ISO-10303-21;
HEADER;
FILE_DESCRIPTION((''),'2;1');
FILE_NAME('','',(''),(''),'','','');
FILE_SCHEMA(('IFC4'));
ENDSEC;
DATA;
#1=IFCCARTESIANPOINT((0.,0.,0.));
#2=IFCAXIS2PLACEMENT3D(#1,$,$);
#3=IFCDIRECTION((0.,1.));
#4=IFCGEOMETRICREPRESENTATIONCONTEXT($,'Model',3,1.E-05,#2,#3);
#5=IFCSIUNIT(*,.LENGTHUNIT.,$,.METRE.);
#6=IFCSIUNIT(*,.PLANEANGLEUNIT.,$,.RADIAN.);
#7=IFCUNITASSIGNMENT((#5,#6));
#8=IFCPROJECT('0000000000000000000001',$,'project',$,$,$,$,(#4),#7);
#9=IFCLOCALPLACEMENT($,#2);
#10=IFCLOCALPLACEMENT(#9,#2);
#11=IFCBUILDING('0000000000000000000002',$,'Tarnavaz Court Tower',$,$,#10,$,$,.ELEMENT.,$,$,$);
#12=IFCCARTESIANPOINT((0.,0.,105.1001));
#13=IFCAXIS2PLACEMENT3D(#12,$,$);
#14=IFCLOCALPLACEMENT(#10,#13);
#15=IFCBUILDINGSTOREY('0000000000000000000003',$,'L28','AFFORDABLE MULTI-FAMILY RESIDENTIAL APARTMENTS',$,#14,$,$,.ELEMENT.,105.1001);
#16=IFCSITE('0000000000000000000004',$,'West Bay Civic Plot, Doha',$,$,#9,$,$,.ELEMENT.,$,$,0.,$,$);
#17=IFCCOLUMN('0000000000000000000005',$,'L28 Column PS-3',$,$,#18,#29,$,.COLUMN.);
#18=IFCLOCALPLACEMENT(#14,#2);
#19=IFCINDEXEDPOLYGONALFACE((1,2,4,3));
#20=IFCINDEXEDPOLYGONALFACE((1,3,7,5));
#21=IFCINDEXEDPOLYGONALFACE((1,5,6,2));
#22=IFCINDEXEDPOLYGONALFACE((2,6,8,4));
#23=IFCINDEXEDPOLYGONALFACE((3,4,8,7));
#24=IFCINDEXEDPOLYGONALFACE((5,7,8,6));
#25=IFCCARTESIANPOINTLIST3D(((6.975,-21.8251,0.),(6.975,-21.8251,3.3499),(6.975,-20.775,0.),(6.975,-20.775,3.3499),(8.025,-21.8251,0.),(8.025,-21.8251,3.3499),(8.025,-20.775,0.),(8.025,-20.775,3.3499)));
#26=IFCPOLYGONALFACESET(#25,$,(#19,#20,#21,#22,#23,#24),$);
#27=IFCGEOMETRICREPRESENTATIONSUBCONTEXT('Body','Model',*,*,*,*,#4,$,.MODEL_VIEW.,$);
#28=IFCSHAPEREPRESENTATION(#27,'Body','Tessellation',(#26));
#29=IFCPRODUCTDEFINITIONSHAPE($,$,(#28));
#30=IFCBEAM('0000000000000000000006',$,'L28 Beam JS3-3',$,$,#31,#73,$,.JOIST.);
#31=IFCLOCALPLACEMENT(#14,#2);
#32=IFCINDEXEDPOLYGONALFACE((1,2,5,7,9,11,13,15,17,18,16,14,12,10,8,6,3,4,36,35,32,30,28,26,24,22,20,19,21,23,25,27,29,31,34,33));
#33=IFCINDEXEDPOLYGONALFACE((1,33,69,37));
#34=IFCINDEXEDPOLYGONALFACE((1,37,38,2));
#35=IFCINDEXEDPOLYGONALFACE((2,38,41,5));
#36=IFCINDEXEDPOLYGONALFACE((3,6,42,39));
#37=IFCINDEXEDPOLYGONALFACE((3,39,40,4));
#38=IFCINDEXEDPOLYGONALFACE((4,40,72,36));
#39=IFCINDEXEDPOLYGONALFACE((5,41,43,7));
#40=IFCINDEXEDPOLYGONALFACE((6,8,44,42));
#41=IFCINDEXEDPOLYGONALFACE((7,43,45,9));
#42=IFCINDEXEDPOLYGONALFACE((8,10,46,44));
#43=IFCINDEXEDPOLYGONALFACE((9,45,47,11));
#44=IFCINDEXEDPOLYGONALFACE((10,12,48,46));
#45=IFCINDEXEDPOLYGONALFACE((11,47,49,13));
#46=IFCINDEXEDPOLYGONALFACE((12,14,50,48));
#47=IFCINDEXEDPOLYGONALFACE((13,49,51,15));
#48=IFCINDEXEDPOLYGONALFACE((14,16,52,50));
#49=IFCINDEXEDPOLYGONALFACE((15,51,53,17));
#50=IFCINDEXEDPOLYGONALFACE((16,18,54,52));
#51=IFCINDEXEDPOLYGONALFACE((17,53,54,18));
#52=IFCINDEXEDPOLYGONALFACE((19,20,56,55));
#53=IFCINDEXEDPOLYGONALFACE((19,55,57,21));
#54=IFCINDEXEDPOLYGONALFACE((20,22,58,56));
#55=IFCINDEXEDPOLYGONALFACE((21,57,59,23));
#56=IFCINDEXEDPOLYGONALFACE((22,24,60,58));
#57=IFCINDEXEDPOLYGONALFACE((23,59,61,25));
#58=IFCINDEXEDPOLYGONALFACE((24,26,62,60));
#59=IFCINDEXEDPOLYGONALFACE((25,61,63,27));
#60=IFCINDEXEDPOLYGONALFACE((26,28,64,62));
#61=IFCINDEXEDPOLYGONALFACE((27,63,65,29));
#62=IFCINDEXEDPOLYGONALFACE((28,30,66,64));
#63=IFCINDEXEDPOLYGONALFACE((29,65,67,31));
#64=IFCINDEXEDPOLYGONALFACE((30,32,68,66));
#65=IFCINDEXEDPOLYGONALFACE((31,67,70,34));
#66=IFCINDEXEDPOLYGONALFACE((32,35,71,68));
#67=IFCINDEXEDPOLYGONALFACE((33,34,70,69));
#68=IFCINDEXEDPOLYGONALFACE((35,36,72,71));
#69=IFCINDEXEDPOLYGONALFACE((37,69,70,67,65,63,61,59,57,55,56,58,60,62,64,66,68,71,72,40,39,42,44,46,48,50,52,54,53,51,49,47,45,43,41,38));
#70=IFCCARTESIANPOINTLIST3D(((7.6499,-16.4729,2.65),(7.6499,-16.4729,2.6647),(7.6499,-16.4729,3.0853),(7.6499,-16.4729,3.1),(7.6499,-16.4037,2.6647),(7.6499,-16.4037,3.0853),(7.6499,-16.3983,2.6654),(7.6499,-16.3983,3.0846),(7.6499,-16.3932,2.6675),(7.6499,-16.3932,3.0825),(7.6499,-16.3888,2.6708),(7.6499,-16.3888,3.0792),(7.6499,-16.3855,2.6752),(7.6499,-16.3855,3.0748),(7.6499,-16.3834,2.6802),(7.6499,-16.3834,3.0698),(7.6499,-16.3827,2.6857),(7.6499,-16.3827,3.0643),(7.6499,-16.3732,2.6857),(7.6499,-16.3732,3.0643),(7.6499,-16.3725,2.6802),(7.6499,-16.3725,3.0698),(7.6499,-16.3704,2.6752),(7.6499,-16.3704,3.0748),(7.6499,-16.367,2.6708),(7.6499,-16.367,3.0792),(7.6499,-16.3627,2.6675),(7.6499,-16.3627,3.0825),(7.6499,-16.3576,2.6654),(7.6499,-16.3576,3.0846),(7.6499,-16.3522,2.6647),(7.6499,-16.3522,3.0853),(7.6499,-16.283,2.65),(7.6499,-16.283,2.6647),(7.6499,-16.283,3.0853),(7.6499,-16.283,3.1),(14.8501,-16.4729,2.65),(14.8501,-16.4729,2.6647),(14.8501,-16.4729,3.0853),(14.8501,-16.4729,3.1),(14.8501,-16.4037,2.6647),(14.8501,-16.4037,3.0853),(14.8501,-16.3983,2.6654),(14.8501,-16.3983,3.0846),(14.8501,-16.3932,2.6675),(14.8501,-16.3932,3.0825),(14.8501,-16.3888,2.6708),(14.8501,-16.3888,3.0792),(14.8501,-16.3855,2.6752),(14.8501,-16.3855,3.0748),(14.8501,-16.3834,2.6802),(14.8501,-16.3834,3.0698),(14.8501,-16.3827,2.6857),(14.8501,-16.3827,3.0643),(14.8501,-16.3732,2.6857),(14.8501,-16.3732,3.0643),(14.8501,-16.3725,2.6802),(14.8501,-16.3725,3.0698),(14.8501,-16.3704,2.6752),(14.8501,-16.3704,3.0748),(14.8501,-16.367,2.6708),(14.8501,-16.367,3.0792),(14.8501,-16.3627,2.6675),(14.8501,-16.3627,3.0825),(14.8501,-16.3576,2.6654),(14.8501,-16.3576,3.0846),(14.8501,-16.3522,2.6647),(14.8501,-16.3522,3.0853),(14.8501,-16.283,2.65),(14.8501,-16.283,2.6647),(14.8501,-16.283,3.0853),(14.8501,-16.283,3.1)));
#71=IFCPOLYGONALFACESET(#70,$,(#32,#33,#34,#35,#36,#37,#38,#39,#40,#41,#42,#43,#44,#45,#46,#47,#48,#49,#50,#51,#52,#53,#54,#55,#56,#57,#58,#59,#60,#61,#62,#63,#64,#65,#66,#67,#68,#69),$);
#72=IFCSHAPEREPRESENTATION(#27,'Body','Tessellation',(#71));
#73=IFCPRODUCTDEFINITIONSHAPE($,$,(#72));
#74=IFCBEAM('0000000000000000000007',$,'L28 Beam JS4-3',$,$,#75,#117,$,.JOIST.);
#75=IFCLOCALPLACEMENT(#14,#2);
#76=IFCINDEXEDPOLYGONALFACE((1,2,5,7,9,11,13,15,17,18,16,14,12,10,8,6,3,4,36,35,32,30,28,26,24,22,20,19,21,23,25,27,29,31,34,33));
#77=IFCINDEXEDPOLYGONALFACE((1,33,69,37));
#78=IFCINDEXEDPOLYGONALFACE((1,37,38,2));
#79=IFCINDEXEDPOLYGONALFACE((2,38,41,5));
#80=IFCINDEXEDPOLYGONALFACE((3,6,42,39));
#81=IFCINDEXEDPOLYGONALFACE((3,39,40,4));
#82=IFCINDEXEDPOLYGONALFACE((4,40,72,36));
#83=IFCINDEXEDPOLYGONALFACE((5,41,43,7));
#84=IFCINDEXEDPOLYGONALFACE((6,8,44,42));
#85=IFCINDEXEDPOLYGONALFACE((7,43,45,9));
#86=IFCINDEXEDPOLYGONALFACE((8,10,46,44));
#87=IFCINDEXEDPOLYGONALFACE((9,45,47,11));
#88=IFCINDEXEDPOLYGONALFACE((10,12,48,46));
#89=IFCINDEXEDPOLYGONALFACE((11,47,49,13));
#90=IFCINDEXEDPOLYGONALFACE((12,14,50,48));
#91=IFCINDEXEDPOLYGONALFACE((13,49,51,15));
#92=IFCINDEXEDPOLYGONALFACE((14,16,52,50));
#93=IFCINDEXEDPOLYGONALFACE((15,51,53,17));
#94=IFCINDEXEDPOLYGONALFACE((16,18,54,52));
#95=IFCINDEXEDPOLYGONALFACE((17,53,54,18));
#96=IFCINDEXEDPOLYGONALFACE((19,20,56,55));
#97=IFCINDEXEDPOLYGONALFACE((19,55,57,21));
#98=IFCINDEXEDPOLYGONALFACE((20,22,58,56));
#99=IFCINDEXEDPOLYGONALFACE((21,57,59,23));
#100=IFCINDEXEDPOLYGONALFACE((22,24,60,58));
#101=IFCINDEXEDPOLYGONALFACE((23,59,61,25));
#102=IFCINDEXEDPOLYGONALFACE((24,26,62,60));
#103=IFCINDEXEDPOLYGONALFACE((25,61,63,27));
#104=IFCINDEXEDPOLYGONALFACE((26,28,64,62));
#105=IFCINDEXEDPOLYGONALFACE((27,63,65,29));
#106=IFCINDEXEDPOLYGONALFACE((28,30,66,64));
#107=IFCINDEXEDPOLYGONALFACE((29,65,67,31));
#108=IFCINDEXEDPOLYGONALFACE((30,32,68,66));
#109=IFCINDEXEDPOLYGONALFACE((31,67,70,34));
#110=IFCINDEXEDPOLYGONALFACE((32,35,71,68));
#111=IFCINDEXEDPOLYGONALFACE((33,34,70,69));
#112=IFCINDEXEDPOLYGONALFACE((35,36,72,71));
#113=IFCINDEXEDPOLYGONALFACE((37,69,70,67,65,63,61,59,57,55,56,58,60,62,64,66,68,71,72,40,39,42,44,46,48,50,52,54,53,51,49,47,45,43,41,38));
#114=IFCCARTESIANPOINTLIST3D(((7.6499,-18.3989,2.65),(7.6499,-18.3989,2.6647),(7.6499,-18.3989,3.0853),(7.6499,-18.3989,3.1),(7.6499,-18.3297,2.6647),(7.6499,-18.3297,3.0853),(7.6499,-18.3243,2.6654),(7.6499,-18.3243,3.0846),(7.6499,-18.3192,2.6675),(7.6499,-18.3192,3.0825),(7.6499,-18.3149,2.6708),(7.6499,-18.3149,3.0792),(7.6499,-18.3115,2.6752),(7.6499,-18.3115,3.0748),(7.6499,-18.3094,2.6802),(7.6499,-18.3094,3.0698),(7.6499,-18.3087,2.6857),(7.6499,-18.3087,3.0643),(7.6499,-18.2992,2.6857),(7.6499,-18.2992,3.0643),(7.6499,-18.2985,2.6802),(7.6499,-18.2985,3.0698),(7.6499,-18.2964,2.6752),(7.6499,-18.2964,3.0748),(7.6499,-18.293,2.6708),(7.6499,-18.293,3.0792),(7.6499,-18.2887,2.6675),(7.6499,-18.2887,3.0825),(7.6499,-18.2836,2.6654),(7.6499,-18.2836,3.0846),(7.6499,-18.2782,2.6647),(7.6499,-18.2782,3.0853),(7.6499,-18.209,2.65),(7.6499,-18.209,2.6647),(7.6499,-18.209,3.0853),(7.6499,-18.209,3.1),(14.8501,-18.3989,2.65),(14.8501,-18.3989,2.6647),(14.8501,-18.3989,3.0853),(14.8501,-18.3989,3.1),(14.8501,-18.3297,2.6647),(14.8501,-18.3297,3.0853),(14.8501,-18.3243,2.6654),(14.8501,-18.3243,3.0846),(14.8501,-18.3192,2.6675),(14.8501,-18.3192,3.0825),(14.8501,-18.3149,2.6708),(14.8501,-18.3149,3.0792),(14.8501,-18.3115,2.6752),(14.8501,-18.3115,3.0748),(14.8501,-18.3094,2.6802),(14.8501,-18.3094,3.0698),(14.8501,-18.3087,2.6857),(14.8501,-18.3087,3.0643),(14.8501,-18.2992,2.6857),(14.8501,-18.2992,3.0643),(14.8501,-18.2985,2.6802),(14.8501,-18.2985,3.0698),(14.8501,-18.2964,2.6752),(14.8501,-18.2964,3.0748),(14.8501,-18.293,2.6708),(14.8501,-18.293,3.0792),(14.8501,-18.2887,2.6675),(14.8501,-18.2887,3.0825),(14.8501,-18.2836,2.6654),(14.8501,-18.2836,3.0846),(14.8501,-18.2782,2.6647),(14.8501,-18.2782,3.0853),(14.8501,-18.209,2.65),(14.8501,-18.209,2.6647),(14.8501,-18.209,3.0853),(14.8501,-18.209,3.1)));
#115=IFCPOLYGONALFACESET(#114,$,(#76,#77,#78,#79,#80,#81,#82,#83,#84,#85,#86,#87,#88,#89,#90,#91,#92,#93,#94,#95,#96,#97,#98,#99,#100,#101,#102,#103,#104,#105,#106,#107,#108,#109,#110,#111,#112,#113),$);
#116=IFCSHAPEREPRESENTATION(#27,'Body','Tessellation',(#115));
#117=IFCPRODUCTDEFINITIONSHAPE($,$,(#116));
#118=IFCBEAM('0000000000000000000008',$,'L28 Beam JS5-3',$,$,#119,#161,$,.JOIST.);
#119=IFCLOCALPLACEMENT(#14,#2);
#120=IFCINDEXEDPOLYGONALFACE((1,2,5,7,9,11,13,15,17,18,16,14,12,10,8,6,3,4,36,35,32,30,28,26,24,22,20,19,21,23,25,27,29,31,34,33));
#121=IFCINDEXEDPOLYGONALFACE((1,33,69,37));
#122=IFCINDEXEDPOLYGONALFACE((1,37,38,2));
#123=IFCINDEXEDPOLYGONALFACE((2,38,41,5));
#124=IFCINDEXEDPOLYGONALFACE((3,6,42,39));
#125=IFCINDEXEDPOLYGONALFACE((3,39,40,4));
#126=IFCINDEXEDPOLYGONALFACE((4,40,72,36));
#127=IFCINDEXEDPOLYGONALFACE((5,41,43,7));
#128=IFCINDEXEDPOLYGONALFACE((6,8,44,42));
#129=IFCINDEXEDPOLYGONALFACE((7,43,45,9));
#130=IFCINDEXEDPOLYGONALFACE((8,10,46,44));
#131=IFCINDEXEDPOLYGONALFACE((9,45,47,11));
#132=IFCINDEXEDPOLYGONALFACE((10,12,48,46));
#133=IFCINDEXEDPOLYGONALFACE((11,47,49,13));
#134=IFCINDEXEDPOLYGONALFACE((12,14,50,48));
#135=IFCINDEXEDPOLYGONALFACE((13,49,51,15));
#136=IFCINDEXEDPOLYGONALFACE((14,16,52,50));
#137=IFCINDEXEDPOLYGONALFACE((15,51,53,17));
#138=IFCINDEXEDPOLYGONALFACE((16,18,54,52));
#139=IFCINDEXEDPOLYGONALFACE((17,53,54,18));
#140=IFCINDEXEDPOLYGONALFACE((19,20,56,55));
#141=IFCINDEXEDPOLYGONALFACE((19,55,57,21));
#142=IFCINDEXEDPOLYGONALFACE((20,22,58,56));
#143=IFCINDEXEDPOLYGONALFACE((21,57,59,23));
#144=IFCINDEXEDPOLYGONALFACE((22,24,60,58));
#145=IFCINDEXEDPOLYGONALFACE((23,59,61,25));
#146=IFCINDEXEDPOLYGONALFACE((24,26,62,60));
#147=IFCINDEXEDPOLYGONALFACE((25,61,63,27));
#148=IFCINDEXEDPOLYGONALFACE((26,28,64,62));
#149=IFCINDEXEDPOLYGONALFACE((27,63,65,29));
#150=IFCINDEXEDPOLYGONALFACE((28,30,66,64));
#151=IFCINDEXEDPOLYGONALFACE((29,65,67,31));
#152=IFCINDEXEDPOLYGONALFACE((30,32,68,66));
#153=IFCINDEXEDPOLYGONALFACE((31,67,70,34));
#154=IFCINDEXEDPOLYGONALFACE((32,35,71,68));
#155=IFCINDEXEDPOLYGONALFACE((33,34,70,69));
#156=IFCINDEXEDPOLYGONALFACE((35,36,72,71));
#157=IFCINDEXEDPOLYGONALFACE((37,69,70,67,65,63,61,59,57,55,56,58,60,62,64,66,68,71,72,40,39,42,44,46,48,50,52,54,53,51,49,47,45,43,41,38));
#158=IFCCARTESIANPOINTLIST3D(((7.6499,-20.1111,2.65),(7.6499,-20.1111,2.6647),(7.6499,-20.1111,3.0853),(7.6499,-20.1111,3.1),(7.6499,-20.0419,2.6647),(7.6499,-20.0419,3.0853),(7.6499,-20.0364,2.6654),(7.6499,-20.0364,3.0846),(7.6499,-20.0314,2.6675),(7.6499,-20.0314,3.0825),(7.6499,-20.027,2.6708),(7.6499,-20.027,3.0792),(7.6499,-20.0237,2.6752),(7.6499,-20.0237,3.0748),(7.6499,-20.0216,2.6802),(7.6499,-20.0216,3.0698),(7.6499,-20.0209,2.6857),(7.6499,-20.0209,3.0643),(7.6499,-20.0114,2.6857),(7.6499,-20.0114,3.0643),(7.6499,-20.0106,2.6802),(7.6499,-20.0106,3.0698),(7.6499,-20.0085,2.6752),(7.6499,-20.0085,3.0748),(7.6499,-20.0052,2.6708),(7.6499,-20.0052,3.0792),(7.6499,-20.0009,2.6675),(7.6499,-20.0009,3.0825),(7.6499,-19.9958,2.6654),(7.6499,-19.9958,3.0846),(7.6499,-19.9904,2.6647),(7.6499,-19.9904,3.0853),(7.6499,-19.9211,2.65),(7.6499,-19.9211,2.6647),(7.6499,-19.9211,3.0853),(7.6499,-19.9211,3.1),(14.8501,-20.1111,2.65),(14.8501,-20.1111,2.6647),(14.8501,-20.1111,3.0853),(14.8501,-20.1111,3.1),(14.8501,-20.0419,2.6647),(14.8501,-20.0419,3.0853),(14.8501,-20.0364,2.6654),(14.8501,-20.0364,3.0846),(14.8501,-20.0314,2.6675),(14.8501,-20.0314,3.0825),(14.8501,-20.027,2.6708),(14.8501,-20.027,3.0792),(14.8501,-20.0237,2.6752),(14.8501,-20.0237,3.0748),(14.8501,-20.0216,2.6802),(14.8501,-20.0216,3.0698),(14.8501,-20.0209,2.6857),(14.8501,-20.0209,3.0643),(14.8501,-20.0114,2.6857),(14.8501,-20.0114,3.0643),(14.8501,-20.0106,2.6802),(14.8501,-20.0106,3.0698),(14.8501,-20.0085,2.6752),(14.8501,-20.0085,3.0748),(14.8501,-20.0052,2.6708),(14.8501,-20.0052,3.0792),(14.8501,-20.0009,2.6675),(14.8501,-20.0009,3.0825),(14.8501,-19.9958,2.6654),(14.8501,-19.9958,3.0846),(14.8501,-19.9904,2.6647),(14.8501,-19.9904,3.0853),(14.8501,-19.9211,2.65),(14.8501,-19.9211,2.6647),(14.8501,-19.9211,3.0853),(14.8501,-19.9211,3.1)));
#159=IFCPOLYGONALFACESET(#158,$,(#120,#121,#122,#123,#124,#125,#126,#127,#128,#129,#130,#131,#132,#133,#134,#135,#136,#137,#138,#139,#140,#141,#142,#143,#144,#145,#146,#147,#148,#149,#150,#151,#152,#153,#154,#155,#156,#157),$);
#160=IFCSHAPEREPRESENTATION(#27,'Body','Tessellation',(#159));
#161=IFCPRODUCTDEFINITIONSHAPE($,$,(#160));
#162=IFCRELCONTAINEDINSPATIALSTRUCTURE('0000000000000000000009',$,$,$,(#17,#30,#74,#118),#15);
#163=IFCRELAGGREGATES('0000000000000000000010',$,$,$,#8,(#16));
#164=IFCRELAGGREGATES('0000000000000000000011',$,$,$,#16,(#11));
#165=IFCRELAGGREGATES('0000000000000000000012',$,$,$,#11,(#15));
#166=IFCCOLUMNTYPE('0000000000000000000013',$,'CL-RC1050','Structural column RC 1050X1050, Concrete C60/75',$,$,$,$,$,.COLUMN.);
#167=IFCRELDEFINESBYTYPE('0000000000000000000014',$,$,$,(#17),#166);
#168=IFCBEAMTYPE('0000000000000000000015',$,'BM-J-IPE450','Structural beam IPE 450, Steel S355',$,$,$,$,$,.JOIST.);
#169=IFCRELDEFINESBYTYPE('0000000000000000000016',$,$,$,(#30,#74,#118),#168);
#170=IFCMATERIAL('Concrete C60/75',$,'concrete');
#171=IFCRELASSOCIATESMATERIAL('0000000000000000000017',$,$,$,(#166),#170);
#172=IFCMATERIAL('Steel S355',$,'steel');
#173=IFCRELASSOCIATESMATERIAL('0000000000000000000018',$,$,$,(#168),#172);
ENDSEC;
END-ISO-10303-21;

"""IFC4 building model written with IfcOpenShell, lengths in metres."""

from ifc_helpers import new_model, si_unit, direction, frame, origin, origin_2d, place, context, subcontext, project, spatial, rectangle, i_section, extrude, material, material_profile, profile_set, type_object, element, save


model = new_model("IFC4")

# Units and contexts
model_context = context("Model", 3, precision=1e-05, world=origin(), true_north=direction((0.0, 1.0)))
body_context = subcontext(model_context, "Body", "Model", "MODEL_VIEW")
ifc_project = project(units=[si_unit("LENGTHUNIT", "METRE"), si_unit("PLANEANGLEUNIT", "RADIAN")], contexts=[model_context])

# Site, building, storey
site_placement = place(None, origin())
site = spatial("IfcSite", under=ifc_project, at=site_placement, Name="West Bay Civic Plot, Doha", CompositionType="ELEMENT", RefElevation=0.0)
building_placement = place(site_placement, origin())
building = spatial("IfcBuilding", under=site, at=building_placement, Name="Tarnavaz Court Tower", CompositionType="ELEMENT")
storey_placement = place(building_placement, frame((0.0, 0.0, 105.1001)))
storey = spatial("IfcBuildingStorey", under=building, at=storey_placement, Name="L28", Description="AFFORDABLE MULTI-FAMILY RESIDENTIAL APARTMENTS", CompositionType="ELEMENT", Elevation=105.1001)

# Column
ifc_material_1 = material(Name="Concrete C60/75", Category="concrete")
ifc_material_profile_1 = material_profile(ifc_material_1, rectangle(XDim=1.05, YDim=1.05, at=origin_2d()), Name="RC 1050X1050")
ifc_profile_set_1 = profile_set([ifc_material_profile_1], Name="Concrete C60/75")
column_type = type_object("IfcColumnType", Name="CL-RC1050", Description="Structural column RC 1050X1050, Concrete C60/75", PredefinedType="COLUMN", material=ifc_profile_set_1)
column_placement = place(storey_placement, frame((7.5, -21.3, 0.0), z_axis=(0.0, 0.0, 1.0), x_axis=(1.0, 0.0, 0.0)))
element("IfcColumn", 1, at=column_placement, inside=storey, type_object=column_type, Name="L28 Column PS-3", PredefinedType="COLUMN", context=body_context, shape_type="SweptSolid", body=[
    extrude(rectangle(XDim=1.05, YDim=1.05, at=origin_2d()), origin(), (0.0, 0.0, 1.0), 3.3499),
])

# Beams
ifc_material_2 = material(Name="Steel S355", Category="steel")
ifc_material_profile_2 = material_profile(ifc_material_2, i_section(OverallWidth=0.1899, OverallDepth=0.45, WebThickness=0.0095, FlangeThickness=0.0146, FilletRadius=0.021, at=origin_2d()), Name="IPE 450")
ifc_profile_set_2 = profile_set([ifc_material_profile_2], Name="Steel S355")
beam_type_1 = type_object("IfcBeamType", Name="BM-J-IPE450", Description="Structural beam IPE 450, Steel S355", PredefinedType="JOIST", material=ifc_profile_set_2)
for number, where, z_axis, x_axis, name in (
    (2, (7.6499, -16.3779, 2.875), (1.0, 0.0, 0.0), (0.0, 1.0, 0.0), "L28 Beam JS3-3"),
    (3, (7.6499, -18.304, 2.875), (1.0, 0.0, 0.0), (0.0, 1.0, 0.0), "L28 Beam JS4-3"),
    (4, (7.6499, -20.0161, 2.875), (1.0, 0.0, 0.0), (0.0, 1.0, 0.0), "L28 Beam JS5-3"),
):
    element("IfcBeam", number, at=place(storey_placement, frame(where, z_axis=z_axis, x_axis=x_axis)), inside=storey, type_object=beam_type_1, Name=name, PredefinedType="JOIST", context=body_context, shape_type="SweptSolid", body=[
        extrude(i_section(OverallWidth=0.1899, OverallDepth=0.45, WebThickness=0.0095, FlangeThickness=0.0146, FilletRadius=0.021, at=origin_2d()), origin(), (0.0, 0.0, 1.0), 7.2002),
    ])

save(model, "model.ifc")
